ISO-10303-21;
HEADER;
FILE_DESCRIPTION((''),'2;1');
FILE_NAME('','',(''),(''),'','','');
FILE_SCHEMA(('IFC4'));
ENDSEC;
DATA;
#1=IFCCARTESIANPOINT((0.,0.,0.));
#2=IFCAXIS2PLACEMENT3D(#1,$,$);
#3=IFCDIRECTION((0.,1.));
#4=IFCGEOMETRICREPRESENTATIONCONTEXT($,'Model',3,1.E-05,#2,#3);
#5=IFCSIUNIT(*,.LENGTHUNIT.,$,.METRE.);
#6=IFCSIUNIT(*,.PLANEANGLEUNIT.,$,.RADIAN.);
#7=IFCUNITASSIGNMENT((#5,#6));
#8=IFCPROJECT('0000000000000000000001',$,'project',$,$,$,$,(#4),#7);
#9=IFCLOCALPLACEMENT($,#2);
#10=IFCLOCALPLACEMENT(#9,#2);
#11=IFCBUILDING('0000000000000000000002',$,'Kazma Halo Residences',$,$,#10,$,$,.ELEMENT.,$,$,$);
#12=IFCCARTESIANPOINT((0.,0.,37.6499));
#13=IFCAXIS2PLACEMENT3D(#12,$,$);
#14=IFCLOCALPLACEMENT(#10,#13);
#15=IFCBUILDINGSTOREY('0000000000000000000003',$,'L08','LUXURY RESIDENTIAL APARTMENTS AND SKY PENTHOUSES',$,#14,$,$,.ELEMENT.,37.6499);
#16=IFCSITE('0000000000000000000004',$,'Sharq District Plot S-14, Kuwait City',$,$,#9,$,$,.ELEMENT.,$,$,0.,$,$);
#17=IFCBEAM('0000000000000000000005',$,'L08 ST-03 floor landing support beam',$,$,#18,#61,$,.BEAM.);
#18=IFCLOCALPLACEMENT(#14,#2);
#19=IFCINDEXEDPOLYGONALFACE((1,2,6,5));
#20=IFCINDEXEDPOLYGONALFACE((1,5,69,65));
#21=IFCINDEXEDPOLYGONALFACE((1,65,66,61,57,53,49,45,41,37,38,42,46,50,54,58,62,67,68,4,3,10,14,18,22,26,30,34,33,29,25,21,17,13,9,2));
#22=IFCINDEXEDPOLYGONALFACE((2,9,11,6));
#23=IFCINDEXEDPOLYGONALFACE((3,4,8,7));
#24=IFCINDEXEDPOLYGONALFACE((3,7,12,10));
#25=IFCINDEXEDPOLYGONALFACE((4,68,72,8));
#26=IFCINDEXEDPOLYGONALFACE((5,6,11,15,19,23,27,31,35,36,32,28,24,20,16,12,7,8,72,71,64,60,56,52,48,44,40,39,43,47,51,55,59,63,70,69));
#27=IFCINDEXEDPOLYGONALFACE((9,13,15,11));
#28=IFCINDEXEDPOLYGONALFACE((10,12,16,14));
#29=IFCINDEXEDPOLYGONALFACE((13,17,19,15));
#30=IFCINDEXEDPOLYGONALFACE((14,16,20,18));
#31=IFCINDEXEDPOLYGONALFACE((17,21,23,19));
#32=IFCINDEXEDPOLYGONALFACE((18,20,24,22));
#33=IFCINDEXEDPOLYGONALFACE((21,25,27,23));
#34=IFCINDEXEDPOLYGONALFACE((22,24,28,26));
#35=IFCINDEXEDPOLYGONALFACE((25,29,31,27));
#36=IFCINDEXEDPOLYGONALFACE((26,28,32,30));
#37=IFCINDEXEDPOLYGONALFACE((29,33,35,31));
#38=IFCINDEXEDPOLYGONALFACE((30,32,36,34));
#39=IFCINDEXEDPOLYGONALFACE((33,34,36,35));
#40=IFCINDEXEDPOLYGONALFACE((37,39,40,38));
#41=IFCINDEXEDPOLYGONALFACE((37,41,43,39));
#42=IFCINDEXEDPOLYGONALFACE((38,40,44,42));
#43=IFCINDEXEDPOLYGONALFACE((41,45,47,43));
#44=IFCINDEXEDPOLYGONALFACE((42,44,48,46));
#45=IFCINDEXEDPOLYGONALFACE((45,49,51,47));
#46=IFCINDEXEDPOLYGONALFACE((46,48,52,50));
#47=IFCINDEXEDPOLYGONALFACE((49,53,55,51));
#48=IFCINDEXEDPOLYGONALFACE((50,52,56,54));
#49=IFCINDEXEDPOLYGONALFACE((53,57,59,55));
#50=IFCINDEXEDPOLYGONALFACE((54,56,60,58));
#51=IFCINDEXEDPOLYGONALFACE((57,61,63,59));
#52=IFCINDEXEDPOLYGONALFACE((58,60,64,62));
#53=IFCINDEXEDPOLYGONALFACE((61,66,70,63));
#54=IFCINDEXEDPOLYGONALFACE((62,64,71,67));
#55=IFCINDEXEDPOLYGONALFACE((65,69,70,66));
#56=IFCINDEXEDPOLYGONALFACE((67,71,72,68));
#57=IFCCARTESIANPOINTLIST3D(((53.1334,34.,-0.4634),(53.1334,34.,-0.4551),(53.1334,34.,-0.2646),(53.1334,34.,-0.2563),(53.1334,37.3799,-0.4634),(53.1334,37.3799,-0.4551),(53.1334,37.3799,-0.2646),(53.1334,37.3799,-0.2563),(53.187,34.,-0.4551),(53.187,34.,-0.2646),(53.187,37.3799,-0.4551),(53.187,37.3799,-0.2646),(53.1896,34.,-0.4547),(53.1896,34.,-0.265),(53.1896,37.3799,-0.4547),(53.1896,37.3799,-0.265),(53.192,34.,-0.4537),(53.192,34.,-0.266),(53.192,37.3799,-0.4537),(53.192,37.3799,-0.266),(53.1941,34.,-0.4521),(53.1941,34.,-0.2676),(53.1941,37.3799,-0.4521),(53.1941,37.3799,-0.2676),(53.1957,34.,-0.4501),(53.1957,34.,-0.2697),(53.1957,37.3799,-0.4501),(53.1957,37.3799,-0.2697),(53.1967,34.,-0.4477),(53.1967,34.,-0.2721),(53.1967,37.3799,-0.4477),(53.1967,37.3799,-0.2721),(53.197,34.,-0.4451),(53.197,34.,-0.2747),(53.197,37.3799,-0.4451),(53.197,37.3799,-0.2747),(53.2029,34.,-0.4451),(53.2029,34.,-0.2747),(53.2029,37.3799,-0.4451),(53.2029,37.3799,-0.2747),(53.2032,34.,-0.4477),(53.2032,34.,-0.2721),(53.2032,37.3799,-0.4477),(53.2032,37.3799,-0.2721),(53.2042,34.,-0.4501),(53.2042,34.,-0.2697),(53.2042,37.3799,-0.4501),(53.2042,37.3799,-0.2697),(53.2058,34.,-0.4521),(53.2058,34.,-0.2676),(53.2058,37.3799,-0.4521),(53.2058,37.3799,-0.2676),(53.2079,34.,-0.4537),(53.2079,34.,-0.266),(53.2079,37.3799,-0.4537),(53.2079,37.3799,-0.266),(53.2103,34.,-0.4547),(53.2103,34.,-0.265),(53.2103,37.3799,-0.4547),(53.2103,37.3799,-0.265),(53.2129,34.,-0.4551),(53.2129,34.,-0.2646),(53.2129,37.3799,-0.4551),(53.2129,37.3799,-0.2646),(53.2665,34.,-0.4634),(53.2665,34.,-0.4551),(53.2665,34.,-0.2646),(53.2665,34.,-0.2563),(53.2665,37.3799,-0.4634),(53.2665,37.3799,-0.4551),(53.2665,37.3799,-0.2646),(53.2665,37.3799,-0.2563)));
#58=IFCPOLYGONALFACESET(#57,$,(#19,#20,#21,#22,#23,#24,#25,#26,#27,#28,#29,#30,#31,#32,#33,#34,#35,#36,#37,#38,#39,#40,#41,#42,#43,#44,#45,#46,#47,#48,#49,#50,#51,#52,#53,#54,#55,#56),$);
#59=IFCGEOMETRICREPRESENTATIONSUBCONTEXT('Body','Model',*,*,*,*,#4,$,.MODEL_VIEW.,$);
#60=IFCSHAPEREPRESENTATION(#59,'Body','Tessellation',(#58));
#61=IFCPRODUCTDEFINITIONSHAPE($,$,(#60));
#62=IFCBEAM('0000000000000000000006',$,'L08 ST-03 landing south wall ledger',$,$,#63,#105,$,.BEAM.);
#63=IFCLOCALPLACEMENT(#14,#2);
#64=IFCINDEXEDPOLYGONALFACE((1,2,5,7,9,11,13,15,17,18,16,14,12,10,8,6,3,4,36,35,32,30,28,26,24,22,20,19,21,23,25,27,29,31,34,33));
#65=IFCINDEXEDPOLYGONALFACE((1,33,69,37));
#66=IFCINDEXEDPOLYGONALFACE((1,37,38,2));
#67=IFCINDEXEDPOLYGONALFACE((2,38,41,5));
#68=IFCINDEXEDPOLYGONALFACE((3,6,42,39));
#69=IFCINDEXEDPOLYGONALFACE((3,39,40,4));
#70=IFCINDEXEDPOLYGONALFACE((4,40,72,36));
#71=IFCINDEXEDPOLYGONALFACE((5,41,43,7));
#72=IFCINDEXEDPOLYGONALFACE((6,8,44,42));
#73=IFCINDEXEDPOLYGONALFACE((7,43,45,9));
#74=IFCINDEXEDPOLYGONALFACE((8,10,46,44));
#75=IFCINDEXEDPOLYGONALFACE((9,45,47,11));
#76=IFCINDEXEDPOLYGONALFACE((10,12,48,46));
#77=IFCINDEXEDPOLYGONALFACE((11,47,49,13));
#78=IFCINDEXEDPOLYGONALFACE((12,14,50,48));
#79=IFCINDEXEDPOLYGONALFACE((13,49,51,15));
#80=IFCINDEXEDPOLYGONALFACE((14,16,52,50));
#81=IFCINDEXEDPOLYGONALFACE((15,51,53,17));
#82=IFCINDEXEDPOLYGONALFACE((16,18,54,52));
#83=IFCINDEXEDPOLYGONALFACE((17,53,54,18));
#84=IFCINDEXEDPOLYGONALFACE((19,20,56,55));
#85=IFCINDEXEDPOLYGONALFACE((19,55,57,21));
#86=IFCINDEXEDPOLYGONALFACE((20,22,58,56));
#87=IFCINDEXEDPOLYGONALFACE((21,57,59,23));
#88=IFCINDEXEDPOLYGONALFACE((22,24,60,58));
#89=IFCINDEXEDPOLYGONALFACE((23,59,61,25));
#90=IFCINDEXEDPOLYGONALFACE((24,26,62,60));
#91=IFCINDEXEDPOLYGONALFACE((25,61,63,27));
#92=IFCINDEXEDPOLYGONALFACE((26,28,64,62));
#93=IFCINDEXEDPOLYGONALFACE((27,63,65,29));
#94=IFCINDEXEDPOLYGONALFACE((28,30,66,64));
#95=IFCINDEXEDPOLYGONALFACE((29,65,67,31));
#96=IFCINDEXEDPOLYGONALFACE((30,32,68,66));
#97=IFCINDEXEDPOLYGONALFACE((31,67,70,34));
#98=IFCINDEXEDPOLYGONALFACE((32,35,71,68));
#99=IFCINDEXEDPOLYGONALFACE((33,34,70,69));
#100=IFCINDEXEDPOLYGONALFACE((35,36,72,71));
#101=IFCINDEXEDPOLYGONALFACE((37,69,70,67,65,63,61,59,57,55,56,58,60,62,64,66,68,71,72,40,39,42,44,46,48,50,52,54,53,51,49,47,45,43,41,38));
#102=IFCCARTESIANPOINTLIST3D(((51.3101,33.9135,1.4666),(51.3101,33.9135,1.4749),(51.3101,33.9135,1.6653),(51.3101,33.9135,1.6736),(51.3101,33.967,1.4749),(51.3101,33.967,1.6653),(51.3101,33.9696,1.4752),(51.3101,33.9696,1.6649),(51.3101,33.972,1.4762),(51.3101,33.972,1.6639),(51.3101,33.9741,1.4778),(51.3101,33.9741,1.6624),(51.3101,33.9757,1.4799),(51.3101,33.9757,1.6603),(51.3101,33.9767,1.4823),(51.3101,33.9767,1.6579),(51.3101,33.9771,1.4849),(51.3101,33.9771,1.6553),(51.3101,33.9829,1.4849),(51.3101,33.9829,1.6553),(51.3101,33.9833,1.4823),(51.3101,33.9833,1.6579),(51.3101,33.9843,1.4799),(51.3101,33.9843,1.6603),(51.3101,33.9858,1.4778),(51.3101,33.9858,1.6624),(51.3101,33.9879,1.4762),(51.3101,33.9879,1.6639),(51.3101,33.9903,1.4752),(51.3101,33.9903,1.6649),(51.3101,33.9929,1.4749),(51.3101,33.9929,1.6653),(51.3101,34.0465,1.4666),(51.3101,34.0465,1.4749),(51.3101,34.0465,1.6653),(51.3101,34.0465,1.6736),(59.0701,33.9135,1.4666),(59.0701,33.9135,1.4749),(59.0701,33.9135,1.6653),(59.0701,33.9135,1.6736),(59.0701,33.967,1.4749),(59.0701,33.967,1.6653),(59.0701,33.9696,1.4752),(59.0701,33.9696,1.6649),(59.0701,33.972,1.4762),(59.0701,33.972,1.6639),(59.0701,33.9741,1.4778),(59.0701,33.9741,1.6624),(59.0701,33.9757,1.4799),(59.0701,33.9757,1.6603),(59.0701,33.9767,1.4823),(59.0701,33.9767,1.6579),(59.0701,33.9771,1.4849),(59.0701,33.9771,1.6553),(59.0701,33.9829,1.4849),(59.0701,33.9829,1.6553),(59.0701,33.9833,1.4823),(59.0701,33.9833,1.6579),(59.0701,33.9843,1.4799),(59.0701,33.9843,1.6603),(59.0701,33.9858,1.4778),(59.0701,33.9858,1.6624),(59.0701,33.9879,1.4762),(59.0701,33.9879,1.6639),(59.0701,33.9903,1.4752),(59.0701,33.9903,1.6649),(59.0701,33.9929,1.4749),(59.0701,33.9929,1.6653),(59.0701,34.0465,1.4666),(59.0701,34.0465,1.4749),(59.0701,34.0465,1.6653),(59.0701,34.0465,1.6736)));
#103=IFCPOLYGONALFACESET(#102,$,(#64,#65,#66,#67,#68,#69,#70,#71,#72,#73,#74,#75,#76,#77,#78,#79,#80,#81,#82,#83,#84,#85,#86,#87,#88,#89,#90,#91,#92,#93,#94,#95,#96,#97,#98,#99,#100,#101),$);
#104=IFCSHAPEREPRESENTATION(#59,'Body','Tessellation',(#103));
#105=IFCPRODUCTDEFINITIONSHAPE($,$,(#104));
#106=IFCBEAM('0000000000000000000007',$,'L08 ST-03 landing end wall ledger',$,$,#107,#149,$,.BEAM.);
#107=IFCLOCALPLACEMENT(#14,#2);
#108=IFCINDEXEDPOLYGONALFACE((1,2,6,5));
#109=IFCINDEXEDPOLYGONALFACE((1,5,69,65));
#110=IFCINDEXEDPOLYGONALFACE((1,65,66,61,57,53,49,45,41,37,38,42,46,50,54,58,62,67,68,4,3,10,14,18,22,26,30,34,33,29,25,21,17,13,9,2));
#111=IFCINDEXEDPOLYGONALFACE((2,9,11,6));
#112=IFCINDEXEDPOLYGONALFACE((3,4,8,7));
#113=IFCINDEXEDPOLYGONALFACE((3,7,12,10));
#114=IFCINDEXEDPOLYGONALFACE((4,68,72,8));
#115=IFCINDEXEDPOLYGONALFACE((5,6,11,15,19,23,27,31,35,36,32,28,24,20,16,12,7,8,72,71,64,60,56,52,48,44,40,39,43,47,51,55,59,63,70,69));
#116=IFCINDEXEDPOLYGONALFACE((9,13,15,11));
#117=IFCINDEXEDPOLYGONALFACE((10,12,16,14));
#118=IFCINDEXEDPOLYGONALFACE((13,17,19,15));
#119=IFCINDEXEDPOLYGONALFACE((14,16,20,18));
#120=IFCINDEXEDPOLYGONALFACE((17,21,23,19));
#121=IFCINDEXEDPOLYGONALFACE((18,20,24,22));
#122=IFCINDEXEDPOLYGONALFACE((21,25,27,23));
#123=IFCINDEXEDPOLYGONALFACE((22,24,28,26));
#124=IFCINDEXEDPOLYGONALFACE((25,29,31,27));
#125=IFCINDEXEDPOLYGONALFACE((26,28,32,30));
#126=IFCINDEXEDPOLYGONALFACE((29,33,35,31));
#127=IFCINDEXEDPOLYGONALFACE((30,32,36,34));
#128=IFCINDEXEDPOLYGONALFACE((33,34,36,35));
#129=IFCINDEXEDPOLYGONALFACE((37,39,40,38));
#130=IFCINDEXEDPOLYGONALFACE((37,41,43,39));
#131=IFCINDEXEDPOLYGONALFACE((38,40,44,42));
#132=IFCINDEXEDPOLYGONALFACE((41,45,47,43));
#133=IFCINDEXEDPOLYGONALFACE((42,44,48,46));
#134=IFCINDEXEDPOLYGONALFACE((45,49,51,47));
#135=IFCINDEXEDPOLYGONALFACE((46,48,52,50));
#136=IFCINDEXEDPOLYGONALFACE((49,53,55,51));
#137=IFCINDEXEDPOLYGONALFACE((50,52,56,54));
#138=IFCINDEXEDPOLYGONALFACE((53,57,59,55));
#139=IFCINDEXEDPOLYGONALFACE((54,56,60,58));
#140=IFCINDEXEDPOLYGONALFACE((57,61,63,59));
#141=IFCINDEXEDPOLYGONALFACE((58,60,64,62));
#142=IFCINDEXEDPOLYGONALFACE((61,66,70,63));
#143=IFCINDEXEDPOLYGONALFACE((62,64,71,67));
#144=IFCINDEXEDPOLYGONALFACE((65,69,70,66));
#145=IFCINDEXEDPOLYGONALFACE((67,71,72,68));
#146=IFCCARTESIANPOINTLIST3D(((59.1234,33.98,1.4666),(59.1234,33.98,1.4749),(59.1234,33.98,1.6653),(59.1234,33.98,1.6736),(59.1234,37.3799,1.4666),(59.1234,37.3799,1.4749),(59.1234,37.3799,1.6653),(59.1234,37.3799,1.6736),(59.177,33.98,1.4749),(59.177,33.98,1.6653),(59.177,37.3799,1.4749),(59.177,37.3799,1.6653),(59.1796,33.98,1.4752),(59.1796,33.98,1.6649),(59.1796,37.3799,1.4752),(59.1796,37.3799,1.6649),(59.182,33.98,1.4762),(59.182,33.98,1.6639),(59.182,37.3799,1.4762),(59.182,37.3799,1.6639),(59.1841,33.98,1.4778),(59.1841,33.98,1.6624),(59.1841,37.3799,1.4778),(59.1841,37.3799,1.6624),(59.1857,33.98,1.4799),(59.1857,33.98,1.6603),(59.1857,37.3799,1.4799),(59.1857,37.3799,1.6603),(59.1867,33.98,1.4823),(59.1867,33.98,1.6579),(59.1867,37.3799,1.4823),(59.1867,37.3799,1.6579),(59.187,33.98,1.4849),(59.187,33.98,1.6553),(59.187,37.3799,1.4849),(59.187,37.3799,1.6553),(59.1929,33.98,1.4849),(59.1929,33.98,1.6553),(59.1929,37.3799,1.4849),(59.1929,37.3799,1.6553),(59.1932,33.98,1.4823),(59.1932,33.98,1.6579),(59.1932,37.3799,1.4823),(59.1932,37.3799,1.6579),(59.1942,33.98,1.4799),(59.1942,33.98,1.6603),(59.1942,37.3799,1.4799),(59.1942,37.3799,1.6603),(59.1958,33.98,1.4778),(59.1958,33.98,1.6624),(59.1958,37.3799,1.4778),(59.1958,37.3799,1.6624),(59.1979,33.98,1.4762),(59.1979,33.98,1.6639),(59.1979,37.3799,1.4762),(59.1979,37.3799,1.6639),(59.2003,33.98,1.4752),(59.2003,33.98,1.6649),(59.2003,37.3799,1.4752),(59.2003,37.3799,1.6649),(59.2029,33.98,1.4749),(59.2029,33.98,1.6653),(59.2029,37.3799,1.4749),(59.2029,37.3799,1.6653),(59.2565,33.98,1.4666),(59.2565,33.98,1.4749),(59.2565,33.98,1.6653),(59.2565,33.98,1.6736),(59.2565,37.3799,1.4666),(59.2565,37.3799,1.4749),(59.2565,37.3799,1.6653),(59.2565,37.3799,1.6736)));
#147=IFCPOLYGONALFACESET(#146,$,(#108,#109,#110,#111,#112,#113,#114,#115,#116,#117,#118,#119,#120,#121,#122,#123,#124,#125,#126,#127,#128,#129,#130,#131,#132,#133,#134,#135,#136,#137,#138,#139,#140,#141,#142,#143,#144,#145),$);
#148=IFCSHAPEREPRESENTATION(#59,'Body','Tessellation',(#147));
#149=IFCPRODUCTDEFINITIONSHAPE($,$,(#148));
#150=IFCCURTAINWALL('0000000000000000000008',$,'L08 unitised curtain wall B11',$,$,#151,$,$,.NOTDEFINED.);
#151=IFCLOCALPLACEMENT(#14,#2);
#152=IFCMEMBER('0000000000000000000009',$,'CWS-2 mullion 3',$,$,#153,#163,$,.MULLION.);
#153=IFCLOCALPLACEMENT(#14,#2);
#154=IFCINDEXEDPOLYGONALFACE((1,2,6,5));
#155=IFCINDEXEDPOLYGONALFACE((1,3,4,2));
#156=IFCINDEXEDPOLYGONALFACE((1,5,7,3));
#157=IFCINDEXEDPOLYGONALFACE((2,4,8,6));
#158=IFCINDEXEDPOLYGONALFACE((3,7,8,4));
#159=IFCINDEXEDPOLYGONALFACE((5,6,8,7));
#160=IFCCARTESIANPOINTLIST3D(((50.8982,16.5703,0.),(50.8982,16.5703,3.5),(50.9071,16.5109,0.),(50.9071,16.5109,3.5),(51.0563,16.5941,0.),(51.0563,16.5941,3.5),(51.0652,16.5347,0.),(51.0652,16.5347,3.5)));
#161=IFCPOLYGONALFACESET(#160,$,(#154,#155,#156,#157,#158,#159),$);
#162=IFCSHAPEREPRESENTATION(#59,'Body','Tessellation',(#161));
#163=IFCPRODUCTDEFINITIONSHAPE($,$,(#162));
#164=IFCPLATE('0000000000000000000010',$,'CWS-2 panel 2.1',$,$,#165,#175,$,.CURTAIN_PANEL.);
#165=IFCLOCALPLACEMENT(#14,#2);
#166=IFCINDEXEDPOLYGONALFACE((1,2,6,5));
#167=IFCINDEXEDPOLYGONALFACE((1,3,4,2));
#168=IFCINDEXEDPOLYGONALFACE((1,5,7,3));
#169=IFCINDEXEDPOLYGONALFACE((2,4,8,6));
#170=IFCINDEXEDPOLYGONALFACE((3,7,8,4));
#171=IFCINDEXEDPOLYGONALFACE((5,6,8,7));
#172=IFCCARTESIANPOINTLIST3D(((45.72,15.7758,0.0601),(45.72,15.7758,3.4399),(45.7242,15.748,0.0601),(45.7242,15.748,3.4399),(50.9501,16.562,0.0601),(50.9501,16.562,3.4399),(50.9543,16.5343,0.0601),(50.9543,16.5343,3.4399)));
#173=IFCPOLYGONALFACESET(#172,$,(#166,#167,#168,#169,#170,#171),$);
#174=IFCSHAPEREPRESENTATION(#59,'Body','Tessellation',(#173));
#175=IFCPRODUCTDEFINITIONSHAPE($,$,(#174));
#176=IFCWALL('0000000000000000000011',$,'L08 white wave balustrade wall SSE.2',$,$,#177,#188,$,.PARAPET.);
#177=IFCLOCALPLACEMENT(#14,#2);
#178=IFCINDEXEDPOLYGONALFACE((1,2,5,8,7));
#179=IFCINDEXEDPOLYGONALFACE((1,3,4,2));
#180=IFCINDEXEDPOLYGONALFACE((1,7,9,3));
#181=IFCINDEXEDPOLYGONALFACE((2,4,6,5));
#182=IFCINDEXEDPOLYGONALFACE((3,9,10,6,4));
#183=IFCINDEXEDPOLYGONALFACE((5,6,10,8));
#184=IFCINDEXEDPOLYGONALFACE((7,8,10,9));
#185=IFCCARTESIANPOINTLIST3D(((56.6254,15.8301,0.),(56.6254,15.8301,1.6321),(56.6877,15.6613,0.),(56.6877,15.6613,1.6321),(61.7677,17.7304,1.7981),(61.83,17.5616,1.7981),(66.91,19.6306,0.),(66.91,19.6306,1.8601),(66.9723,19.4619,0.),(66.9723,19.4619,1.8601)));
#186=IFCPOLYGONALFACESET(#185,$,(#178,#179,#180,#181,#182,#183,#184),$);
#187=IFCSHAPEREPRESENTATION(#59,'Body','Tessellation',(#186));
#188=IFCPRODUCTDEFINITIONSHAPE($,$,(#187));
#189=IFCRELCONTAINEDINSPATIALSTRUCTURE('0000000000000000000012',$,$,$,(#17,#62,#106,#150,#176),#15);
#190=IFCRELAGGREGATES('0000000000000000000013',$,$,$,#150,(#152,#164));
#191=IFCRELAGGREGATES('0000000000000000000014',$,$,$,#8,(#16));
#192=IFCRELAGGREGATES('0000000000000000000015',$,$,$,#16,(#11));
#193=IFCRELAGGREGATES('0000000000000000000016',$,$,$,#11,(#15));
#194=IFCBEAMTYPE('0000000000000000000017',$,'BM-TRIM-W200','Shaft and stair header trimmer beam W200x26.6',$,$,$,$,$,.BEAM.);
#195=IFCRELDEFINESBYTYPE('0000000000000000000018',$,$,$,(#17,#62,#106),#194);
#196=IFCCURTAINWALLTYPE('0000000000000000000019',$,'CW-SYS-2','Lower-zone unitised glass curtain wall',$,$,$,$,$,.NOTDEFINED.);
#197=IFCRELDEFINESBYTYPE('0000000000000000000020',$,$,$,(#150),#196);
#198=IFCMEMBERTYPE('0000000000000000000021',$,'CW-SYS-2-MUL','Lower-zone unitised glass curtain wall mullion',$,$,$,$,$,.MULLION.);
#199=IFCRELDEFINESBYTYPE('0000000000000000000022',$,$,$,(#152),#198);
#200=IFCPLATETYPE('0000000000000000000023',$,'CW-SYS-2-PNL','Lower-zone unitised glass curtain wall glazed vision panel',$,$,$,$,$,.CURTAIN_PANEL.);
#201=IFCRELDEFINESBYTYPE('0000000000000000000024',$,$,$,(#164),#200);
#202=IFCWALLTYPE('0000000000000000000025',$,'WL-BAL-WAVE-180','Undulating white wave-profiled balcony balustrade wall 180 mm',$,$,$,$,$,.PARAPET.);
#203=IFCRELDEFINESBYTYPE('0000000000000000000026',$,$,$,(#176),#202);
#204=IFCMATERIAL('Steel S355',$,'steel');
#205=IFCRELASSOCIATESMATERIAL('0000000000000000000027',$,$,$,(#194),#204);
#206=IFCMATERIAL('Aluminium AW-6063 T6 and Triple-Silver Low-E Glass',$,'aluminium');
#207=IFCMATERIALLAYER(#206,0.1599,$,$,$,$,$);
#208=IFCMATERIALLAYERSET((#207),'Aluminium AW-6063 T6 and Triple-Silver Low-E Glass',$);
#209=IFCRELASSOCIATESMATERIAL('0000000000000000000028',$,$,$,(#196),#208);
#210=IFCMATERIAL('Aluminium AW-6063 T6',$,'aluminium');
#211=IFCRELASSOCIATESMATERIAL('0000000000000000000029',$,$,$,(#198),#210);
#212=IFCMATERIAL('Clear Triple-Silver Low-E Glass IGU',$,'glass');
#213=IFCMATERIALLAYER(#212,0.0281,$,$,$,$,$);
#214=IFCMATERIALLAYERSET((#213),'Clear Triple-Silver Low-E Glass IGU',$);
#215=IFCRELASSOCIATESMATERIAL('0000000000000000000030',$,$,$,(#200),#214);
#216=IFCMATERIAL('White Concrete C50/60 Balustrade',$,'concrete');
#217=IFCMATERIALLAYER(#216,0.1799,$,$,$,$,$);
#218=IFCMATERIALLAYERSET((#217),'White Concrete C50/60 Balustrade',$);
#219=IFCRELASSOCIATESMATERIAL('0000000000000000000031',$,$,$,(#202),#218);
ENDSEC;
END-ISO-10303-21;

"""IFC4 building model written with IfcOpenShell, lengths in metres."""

from ifc_helpers import new_model, si_unit, direction, frame, origin, origin_2d, place, context, subcontext, project, spatial, polyline, rectangle, i_section, outline, extrude, material, layer, layer_set, material_profile, profile_set, type_object, element, aggregate, save


model = new_model("IFC4")

# Units and contexts
model_context = context("Model", 3, precision=1e-05, world=origin(), true_north=direction((0.0, 1.0)))
body_context = subcontext(model_context, "Body", "Model", "MODEL_VIEW")
ifc_project = project(units=[si_unit("LENGTHUNIT", "METRE"), si_unit("PLANEANGLEUNIT", "RADIAN")], contexts=[model_context])

# Site, building, storey
site_placement = place(None, origin())
site = spatial("IfcSite", under=ifc_project, at=site_placement, Name="Sharq District Plot S-14, Kuwait City", CompositionType="ELEMENT", RefElevation=0.0)
building_placement = place(site_placement, origin())
building = spatial("IfcBuilding", under=site, at=building_placement, Name="Kazma Halo Residences", CompositionType="ELEMENT")
storey_placement = place(building_placement, frame((0.0, 0.0, 37.6499)))
storey = spatial("IfcBuildingStorey", under=building, at=storey_placement, Name="L08", Description="LUXURY RESIDENTIAL APARTMENTS AND SKY PENTHOUSES", CompositionType="ELEMENT", Elevation=37.6499)

# Beams
ifc_material_1 = material(Name="Steel S355", Category="steel")
ifc_material_profile_1 = material_profile(ifc_material_1, i_section(OverallWidth=0.1331, OverallDepth=0.207, WebThickness=0.0059, FlangeThickness=0.0083, FilletRadius=0.01, at=origin_2d()), Name="W200x26.6")
ifc_profile_set_1 = profile_set([ifc_material_profile_1], Name="Steel S355")
beam_type_1 = type_object("IfcBeamType", Name="BM-TRIM-W200", Description="Shaft and stair header trimmer beam W200x26.6", PredefinedType="BEAM", material=ifc_profile_set_1)
beam_1_placement = place(storey_placement, frame((53.2, 34.0, -0.3599), z_axis=(0.0, 1.0, 0.0), x_axis=(-1.0, 0.0, 0.0)))
element("IfcBeam", 1, at=beam_1_placement, inside=storey, type_object=beam_type_1, Name="L08 ST-03 floor landing support beam", PredefinedType="BEAM", context=body_context, shape_type="SweptSolid", body=[
    extrude(i_section(OverallWidth=0.1331, OverallDepth=0.207, WebThickness=0.0059, FlangeThickness=0.0083, FilletRadius=0.01, at=origin_2d()), origin(), (0.0, 0.0, 1.0), 3.3799),
])
beam_2_placement = place(storey_placement, frame((51.3101, 33.98, 1.5701), z_axis=(1.0, 0.0, 0.0), x_axis=(0.0, 1.0, 0.0)))
element("IfcBeam", 2, at=beam_2_placement, inside=storey, type_object=beam_type_1, Name="L08 ST-03 landing south wall ledger", PredefinedType="BEAM", context=body_context, shape_type="SweptSolid", body=[
    extrude(i_section(OverallWidth=0.1331, OverallDepth=0.207, WebThickness=0.0059, FlangeThickness=0.0083, FilletRadius=0.01, at=origin_2d()), origin(), (0.0, 0.0, 1.0), 7.76),
])
beam_3_placement = place(storey_placement, frame((59.1899, 33.98, 1.5701), z_axis=(0.0, 1.0, 0.0), x_axis=(-1.0, 0.0, 0.0)))
element("IfcBeam", 3, at=beam_3_placement, inside=storey, type_object=beam_type_1, Name="L08 ST-03 landing end wall ledger", PredefinedType="BEAM", context=body_context, shape_type="SweptSolid", body=[
    extrude(i_section(OverallWidth=0.1331, OverallDepth=0.207, WebThickness=0.0059, FlangeThickness=0.0083, FilletRadius=0.01, at=origin_2d()), origin(), (0.0, 0.0, 1.0), 3.3999),
])

# Curtain wall, member, plate
ifc_material_2 = material(Name="Aluminium AW-6063 T6 and Triple-Silver Low-E Glass", Category="aluminium")
ifc_layer_1 = layer(ifc_material_2, 0.1599)
ifc_layer_set_1 = layer_set([ifc_layer_1], Name="Aluminium AW-6063 T6 and Triple-Silver Low-E Glass")
curtain_wall_type = type_object("IfcCurtainWallType", Name="CW-SYS-2", Description="Lower-zone unitised glass curtain wall", PredefinedType="NOTDEFINED", material=ifc_layer_set_1)
curtain_wall_placement = place(storey_placement, origin())
curtain_wall = element("IfcCurtainWall", 4, at=curtain_wall_placement, inside=storey, type_object=curtain_wall_type, Name="L08 unitised curtain wall B11", PredefinedType="NOTDEFINED")
ifc_material_3 = material(Name="Aluminium AW-6063 T6", Category="aluminium")
ifc_material_profile_2 = material_profile(ifc_material_3, rectangle(XDim=0.0601, YDim=0.1599, at=origin_2d()), Name="CWM-60x160")
ifc_profile_set_2 = profile_set([ifc_material_profile_2], Name="Aluminium AW-6063 T6")
member_type = type_object("IfcMemberType", Name="CW-SYS-2-MUL", Description="Lower-zone unitised glass curtain wall mullion", PredefinedType="MULLION", material=ifc_profile_set_2)
member_placement = place(storey_placement, frame((50.9817, 16.5525, 0.0), z_axis=(0.0, 0.0, 1.0), x_axis=(-0.148657, 0.988889, 0.0)))
member = element("IfcMember", 5, at=member_placement, type_object=member_type, Name="CWS-2 mullion 3", PredefinedType="MULLION", context=body_context, shape_type="SweptSolid", body=[
    extrude(rectangle(XDim=0.0601, YDim=0.1599, at=origin_2d()), origin(), (0.0, 0.0, 1.0), 3.5),
])
ifc_material_4 = material(Name="Clear Triple-Silver Low-E Glass IGU", Category="glass")
ifc_layer_2 = layer(ifc_material_4, 0.0281)
ifc_layer_set_2 = layer_set([ifc_layer_2], Name="Clear Triple-Silver Low-E Glass IGU")
plate_type = type_object("IfcPlateType", Name="CW-SYS-2-PNL", Description="Lower-zone unitised glass curtain wall glazed vision panel", PredefinedType="CURTAIN_PANEL", material=ifc_layer_set_2)
plate_placement = place(storey_placement, frame((48.3372, 16.155, 0.0601), z_axis=(0.0, 0.0, 1.0), x_axis=(0.988889, 0.148657, 0.0)))
plate = element("IfcPlate", 6, at=plate_placement, type_object=plate_type, Name="CWS-2 panel 2.1", PredefinedType="CURTAIN_PANEL", context=body_context, shape_type="SweptSolid", body=[
    extrude(rectangle(XDim=5.2888, YDim=0.0281, at=origin_2d()), origin(), (0.0, 0.0, 1.0), 3.3799),
])
aggregate(curtain_wall, [member, plate])

# Wall
ifc_material_5 = material(Name="White Concrete C50/60 Balustrade", Category="concrete")
ifc_layer_3 = layer(ifc_material_5, 0.1799)
ifc_layer_set_3 = layer_set([ifc_layer_3], Name="White Concrete C50/60 Balustrade")
wall_type_1 = type_object("IfcWallType", Name="WL-BAL-WAVE-180", Description="Undulating white wave-profiled balcony balustrade wall 180 mm", PredefinedType="PARAPET", material=ifc_layer_set_3)
wall_1_placement = place(storey_placement, frame((56.6565, 15.7458, 0.0), z_axis=(0.0, 0.0, 1.0), x_axis=(0.938004, 0.346625, 0.0)))
element("IfcWall", 7, at=wall_1_placement, inside=storey, type_object=wall_type_1, Name="L08 white wave balustrade wall SSE.2", PredefinedType="PARAPET", context=body_context, shape_type="SweptSolid", body=[
    extrude(outline(polyline([(0.0, 0.0), (10.9644, 0.0), (10.9644, 1.8601), (5.4822, 1.7981), (0.0, 1.6321), (0.0, 0.0)])), frame((0.0, 0.0898, 0.0), z_axis=(0.0, -1.0, 0.0), x_axis=(1.0, 0.0, 0.0)), (0.0, 0.0, 1.0), 0.1799),
])

save(model, "model.ifc")
